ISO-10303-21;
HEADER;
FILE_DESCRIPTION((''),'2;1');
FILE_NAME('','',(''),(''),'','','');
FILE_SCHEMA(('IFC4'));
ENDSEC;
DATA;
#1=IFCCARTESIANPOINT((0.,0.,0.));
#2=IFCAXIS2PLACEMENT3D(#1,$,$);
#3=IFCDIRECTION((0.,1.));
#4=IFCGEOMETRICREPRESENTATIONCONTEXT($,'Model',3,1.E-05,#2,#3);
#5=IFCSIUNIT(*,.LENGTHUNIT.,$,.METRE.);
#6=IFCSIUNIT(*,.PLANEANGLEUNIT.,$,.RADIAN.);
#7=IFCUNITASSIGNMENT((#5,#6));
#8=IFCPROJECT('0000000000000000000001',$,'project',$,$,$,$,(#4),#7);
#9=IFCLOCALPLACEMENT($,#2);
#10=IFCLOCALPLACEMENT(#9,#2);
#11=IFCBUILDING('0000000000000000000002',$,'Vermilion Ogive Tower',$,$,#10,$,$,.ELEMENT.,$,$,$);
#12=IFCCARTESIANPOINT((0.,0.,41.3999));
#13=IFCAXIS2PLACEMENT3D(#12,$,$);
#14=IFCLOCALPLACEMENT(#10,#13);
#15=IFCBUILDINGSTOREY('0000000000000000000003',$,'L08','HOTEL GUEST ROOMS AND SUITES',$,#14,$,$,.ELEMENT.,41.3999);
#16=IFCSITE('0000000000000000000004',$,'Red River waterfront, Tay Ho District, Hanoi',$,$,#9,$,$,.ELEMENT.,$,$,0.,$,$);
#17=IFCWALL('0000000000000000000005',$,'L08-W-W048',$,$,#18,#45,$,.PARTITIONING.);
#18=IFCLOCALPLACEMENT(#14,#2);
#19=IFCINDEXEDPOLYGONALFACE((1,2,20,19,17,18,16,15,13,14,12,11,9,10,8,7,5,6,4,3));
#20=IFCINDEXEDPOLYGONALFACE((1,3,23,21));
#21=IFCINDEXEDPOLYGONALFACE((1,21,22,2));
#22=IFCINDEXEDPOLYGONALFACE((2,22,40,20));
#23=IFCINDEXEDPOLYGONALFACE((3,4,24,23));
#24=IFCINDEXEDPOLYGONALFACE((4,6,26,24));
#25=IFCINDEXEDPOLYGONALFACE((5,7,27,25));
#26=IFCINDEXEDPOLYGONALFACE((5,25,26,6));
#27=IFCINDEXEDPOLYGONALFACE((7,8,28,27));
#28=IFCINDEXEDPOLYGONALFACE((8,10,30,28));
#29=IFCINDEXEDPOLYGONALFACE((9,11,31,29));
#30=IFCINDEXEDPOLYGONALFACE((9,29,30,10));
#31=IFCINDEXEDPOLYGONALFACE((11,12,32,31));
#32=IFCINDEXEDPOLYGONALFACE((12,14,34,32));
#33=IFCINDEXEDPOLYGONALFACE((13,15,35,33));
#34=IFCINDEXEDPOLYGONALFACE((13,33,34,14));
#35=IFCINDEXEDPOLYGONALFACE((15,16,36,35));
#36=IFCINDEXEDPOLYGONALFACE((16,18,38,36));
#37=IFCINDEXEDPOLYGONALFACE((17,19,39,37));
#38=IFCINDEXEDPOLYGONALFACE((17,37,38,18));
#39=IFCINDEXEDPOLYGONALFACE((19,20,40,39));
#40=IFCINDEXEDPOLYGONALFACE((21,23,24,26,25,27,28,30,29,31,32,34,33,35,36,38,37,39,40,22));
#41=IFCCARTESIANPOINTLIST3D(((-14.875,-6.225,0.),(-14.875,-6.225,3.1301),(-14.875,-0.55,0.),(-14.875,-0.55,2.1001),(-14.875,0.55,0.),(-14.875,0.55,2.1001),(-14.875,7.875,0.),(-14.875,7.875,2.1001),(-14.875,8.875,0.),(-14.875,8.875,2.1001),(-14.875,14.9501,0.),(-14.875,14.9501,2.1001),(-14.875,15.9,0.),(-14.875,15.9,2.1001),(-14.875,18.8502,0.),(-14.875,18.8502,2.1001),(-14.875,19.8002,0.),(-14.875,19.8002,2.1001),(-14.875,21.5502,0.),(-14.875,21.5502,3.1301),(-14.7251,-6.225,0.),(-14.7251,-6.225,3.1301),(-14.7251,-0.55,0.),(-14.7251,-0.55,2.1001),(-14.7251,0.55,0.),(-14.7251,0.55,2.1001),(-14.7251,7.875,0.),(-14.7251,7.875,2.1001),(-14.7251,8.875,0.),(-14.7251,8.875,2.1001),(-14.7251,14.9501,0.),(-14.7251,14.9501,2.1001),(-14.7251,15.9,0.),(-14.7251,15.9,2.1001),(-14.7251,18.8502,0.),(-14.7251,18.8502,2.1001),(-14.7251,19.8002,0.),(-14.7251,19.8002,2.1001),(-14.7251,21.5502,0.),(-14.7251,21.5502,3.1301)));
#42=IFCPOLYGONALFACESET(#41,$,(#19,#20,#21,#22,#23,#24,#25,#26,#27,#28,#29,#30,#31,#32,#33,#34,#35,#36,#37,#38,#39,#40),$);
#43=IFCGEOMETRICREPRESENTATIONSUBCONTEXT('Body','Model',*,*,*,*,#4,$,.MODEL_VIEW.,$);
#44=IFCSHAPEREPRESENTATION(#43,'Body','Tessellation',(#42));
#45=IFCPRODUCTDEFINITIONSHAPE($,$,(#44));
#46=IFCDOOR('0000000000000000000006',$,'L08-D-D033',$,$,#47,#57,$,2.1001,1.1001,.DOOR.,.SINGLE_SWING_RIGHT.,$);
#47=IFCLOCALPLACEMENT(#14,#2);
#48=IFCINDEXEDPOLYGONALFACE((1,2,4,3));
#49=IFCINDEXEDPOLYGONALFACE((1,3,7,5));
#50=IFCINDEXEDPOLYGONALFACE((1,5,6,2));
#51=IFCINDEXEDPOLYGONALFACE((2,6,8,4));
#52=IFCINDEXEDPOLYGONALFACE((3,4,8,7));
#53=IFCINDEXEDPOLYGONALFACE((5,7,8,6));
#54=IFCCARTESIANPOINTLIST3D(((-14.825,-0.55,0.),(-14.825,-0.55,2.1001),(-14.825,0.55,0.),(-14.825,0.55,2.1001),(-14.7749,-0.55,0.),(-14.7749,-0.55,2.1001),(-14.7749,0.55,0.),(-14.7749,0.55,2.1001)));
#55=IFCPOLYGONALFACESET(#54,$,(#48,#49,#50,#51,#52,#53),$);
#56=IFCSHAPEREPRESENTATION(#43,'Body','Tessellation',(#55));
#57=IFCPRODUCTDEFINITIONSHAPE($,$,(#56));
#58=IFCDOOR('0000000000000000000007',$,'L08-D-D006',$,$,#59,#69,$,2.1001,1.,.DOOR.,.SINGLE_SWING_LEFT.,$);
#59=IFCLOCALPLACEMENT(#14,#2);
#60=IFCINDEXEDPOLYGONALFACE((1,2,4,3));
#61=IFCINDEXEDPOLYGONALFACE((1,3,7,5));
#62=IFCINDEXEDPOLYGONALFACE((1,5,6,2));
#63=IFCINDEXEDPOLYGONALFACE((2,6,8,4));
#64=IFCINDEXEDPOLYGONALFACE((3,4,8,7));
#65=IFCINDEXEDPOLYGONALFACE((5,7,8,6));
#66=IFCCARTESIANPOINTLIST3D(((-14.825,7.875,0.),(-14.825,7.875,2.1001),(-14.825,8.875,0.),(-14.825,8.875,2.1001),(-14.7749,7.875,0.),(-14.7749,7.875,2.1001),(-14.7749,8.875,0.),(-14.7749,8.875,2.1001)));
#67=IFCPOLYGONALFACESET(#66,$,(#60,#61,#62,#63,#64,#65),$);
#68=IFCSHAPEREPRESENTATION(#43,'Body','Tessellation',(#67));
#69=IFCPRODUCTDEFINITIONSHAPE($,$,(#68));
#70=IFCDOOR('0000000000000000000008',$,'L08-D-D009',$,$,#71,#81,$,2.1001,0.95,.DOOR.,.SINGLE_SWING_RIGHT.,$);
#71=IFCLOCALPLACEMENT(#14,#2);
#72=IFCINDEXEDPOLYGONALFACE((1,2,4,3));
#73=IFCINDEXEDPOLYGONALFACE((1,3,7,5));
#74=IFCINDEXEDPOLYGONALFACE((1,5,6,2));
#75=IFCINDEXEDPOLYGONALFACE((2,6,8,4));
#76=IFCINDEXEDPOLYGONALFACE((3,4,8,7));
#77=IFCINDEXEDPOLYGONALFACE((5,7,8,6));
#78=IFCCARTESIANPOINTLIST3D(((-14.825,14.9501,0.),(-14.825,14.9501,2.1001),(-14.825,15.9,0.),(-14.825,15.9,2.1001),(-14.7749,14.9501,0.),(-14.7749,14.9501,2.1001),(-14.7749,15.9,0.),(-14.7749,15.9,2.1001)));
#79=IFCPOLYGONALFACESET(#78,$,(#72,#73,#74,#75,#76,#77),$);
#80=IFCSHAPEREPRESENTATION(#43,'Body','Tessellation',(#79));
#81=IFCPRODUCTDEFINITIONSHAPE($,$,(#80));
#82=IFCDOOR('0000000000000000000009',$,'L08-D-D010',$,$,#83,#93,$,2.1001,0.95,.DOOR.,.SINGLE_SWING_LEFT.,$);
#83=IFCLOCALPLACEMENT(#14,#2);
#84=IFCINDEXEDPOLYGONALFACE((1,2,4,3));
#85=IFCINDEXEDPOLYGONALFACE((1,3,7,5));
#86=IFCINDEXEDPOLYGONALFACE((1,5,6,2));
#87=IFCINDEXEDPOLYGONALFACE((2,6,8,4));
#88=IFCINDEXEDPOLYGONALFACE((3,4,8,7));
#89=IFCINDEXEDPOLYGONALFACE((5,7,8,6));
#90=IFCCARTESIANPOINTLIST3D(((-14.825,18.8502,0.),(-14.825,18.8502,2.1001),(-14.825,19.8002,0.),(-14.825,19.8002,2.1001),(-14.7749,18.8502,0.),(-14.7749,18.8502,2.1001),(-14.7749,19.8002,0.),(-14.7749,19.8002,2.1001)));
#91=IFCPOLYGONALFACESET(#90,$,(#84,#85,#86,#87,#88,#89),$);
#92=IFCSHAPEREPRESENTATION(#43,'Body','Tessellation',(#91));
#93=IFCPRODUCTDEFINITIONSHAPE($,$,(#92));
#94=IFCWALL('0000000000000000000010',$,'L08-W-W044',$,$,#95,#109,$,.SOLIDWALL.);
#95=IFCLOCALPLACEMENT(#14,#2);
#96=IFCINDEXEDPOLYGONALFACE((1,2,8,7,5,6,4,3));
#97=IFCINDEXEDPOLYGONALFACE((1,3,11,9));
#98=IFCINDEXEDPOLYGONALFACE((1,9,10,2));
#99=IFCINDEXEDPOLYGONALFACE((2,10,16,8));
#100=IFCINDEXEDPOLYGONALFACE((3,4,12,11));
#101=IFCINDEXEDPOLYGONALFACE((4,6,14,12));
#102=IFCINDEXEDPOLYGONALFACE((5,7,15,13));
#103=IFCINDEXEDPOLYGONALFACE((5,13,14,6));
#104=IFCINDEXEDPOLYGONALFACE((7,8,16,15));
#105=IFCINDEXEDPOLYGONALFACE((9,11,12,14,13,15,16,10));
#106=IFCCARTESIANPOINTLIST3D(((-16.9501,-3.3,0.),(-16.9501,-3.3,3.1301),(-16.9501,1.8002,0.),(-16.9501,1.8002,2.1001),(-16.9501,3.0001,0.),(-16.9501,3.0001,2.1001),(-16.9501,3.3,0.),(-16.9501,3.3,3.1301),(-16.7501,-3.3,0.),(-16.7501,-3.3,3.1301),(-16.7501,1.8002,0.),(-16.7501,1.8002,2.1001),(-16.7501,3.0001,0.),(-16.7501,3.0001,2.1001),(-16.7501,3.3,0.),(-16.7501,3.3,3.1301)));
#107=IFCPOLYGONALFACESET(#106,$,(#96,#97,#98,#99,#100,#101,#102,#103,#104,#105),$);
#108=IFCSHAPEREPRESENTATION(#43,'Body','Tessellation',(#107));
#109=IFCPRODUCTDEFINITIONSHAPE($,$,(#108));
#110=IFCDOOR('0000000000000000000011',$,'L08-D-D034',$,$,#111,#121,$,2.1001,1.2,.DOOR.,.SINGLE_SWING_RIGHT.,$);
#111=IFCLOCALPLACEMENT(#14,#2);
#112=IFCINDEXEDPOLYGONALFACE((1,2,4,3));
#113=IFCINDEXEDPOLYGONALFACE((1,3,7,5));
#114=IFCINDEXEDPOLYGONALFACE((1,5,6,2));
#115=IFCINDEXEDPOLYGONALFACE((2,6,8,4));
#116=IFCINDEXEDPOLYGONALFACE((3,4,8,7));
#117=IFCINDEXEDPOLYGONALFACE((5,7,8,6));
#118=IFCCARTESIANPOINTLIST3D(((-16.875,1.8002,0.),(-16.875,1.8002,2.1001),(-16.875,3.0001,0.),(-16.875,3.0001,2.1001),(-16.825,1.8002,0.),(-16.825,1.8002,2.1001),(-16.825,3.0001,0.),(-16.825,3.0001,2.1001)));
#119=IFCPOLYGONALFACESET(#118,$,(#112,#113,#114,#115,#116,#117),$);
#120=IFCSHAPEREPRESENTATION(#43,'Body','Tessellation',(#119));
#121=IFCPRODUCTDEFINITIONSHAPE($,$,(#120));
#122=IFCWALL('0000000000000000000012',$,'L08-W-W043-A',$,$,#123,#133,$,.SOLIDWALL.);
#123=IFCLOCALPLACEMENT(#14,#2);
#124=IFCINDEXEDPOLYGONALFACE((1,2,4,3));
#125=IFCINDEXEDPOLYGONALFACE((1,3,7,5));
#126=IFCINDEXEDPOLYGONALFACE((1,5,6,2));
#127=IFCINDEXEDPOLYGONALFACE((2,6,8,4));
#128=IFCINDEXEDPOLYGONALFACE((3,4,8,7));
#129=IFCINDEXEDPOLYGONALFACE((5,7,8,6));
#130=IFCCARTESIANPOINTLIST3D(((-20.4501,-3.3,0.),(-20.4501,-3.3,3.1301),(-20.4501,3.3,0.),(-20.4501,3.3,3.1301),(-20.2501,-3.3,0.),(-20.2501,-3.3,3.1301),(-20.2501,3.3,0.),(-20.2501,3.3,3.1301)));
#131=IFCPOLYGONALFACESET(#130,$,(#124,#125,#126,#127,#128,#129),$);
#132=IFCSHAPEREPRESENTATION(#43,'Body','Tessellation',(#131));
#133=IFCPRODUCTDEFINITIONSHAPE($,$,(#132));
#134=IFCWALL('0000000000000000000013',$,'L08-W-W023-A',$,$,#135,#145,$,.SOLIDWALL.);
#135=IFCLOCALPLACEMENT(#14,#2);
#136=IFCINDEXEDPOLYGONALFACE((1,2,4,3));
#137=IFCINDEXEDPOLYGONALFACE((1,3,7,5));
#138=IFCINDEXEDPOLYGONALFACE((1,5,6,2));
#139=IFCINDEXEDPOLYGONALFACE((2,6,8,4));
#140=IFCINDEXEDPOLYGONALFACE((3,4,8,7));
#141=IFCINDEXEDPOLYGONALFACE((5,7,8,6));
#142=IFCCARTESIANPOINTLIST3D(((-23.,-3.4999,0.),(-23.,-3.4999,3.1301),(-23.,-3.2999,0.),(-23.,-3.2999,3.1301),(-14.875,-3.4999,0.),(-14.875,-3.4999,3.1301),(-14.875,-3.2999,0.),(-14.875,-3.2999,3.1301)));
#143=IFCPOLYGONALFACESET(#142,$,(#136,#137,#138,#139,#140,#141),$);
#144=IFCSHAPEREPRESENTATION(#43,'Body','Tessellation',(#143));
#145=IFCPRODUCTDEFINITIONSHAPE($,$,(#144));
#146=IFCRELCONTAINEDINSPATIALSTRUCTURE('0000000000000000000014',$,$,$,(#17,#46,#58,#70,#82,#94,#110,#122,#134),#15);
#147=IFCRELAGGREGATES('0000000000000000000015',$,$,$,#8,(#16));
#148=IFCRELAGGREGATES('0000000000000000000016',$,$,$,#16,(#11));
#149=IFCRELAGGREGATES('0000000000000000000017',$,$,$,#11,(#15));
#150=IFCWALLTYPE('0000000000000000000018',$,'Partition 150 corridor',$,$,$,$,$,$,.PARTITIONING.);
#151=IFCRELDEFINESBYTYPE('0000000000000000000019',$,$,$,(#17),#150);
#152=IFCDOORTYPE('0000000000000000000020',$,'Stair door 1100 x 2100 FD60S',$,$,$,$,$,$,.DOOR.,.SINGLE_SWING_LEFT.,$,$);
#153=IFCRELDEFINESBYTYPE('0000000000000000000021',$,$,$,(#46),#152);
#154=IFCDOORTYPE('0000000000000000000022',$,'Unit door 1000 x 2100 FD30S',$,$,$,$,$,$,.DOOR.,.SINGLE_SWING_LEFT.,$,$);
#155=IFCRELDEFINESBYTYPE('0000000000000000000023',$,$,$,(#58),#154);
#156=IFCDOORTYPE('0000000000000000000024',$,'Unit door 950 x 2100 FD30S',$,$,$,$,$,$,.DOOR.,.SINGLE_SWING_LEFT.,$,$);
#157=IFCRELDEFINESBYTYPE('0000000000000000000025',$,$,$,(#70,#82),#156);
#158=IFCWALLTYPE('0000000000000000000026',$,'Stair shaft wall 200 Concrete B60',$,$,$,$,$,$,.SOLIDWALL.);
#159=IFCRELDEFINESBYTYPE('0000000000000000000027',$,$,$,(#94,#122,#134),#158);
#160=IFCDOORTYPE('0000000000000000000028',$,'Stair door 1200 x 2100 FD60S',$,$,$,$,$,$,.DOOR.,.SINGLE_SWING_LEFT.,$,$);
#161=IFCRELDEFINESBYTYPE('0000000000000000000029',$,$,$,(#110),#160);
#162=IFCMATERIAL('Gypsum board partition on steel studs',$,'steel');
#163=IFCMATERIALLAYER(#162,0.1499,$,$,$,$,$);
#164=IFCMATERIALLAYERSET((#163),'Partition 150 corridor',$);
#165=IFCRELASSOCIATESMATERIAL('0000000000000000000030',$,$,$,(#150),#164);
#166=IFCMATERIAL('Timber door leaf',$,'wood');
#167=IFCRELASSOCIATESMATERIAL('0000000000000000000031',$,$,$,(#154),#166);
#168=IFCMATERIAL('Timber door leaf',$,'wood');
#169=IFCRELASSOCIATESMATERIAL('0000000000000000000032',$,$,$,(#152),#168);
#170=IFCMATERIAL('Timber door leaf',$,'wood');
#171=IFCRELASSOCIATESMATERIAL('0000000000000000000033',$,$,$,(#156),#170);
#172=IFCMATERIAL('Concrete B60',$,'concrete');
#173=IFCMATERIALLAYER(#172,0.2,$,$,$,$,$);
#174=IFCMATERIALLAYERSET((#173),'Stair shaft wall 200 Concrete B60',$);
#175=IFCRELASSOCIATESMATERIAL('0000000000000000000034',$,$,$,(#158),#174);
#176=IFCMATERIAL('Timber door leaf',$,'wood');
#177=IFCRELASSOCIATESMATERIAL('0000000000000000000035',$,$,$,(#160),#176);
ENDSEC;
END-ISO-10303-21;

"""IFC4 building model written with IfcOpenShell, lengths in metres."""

from ifc_helpers import new_model, si_unit, direction, frame, frame_2d, origin, place, context, subcontext, project, spatial, rectangle, extrude, material, layer, layer_set, type_object, element, fill, save


model = new_model("IFC4")

# Units and contexts
model_context = context("Model", 3, precision=1e-05, world=origin(), true_north=direction((0.0, 1.0)))
body_context = subcontext(model_context, "Body", "Model", "MODEL_VIEW")
ifc_project = project(units=[si_unit("LENGTHUNIT", "METRE"), si_unit("PLANEANGLEUNIT", "RADIAN")], contexts=[model_context])

# Site, building, storey
site_placement = place(None, origin())
site = spatial("IfcSite", under=ifc_project, at=site_placement, Name="Red River waterfront, Tay Ho District, Hanoi", CompositionType="ELEMENT", RefElevation=0.0)
building_placement = place(site_placement, origin())
building = spatial("IfcBuilding", under=site, at=building_placement, Name="Vermilion Ogive Tower", CompositionType="ELEMENT")
storey_placement = place(building_placement, frame((0.0, 0.0, 41.3999)))
storey = spatial("IfcBuildingStorey", under=building, at=storey_placement, Name="L08", Description="HOTEL GUEST ROOMS AND SUITES", CompositionType="ELEMENT", Elevation=41.3999)

# Shared definitions
ifc_material_1 = material(Name="Gypsum board partition on steel studs", Category="steel")
ifc_layer_1 = layer(ifc_material_1, 0.1499)
ifc_layer_set_1 = layer_set([ifc_layer_1], Name="Partition 150 corridor")
wall_type_1 = type_object("IfcWallType", Name="Partition 150 corridor", PredefinedType="PARTITIONING", material=ifc_layer_set_1)
ifc_material_2 = material(Name="Timber door leaf", Category="wood")
door_type_1 = type_object("IfcDoorType", Name="Unit door 1000 x 2100 FD30S", OperationType="SINGLE_SWING_LEFT", PredefinedType="DOOR", material=ifc_material_2)

# Wall, openings, doors
wall_1_placement = place(storey_placement, frame((-14.8, -6.2251, 0.0), z_axis=(0.0, 0.0, 1.0), x_axis=(0.0, 1.0, 0.0)))
wall_1 = element("IfcWall", 1, at=wall_1_placement, inside=storey, type_object=wall_type_1, Name="L08-W-W048", PredefinedType="PARTITIONING", context=body_context, shape_type="SweptSolid", body=[
    extrude(rectangle(XDim=27.7751, YDim=0.1499, at=frame_2d((13.8877, 0.0))), origin(), (0.0, 0.0, 1.0), 3.1301),
])
opening_1_placement = place(wall_1_placement, frame((14.1001, 0.0, 0.0)))
opening_1 = element("IfcOpeningElement", 2, at=opening_1_placement, cuts=wall_1, PredefinedType="OPENING", context=body_context, shape_type="SweptSolid", body=[
    extrude(rectangle(XDim=1.0, YDim=2.1001, at=frame_2d((0.5, 1.05))), frame((0.0, 0.085, 0.0), z_axis=(0.0, -1.0, 0.0), x_axis=(1.0, 0.0, 0.0)), (0.0, 0.0, 1.0), 0.1699),
])
opening_2_placement = place(wall_1_placement, frame((21.175, 0.0, 0.0)))
opening_2 = element("IfcOpeningElement", 3, at=opening_2_placement, cuts=wall_1, PredefinedType="OPENING", context=body_context, shape_type="SweptSolid", body=[
    extrude(rectangle(XDim=0.95, YDim=2.1001, at=frame_2d((0.4751, 1.05))), frame((0.0, 0.085, 0.0), z_axis=(0.0, -1.0, 0.0), x_axis=(1.0, 0.0, 0.0)), (0.0, 0.0, 1.0), 0.1699),
])
opening_3_placement = place(wall_1_placement, frame((25.0752, 0.0, 0.0)))
opening_3 = element("IfcOpeningElement", 4, at=opening_3_placement, cuts=wall_1, PredefinedType="OPENING", context=body_context, shape_type="SweptSolid", body=[
    extrude(rectangle(XDim=0.95, YDim=2.1001, at=frame_2d((0.4751, 1.05))), frame((0.0, 0.085, 0.0), z_axis=(0.0, -1.0, 0.0), x_axis=(1.0, 0.0, 0.0)), (0.0, 0.0, 1.0), 0.1699),
])
opening_4_placement = place(wall_1_placement, frame((5.675, 0.0, 0.0)))
opening_4 = element("IfcOpeningElement", 5, at=opening_4_placement, cuts=wall_1, PredefinedType="OPENING", context=body_context, shape_type="SweptSolid", body=[
    extrude(rectangle(XDim=1.1001, YDim=2.1001, at=frame_2d((0.55, 1.05))), frame((0.0, 0.085, 0.0), z_axis=(0.0, -1.0, 0.0), x_axis=(1.0, 0.0, 0.0)), (0.0, 0.0, 1.0), 0.1699),
])
ifc_material_3 = material(Name="Timber door leaf", Category="wood")
door_type_2 = type_object("IfcDoorType", Name="Stair door 1100 x 2100 FD60S", OperationType="SINGLE_SWING_LEFT", PredefinedType="DOOR", material=ifc_material_3)
door_1_placement = place(opening_4_placement, origin())
door_1 = element("IfcDoor", 6, at=door_1_placement, inside=storey, type_object=door_type_2, Name="L08-D-D033", OperationType="SINGLE_SWING_RIGHT", OverallHeight=2.1001, OverallWidth=1.1001, PredefinedType="DOOR", context=body_context, shape_type="SweptSolid", body=[
    extrude(rectangle(XDim=1.1001, YDim=2.1001, at=frame_2d((0.55, 1.05))), frame((0.0, 0.0249, 0.0), z_axis=(0.0, -1.0, 0.0), x_axis=(1.0, 0.0, 0.0)), (0.0, 0.0, 1.0), 0.05),
])
fill(opening_4, door_1)
door_2_placement = place(opening_1_placement, origin())
door_2 = element("IfcDoor", 7, at=door_2_placement, inside=storey, type_object=door_type_1, Name="L08-D-D006", OperationType="SINGLE_SWING_LEFT", OverallHeight=2.1001, OverallWidth=1.0, PredefinedType="DOOR", context=body_context, shape_type="SweptSolid", body=[
    extrude(rectangle(XDim=1.0, YDim=2.1001, at=frame_2d((0.5, 1.05))), frame((0.0, 0.0249, 0.0), z_axis=(0.0, -1.0, 0.0), x_axis=(1.0, 0.0, 0.0)), (0.0, 0.0, 1.0), 0.05),
])
fill(opening_1, door_2)
ifc_material_4 = material(Name="Timber door leaf", Category="wood")
door_type_3 = type_object("IfcDoorType", Name="Unit door 950 x 2100 FD30S", OperationType="SINGLE_SWING_LEFT", PredefinedType="DOOR", material=ifc_material_4)
door_3_placement = place(opening_2_placement, origin())
door_3 = element("IfcDoor", 8, at=door_3_placement, inside=storey, type_object=door_type_3, Name="L08-D-D009", OperationType="SINGLE_SWING_RIGHT", OverallHeight=2.1001, OverallWidth=0.95, PredefinedType="DOOR", context=body_context, shape_type="SweptSolid", body=[
    extrude(rectangle(XDim=0.95, YDim=2.1001, at=frame_2d((0.4751, 1.05))), frame((0.0, 0.0249, 0.0), z_axis=(0.0, -1.0, 0.0), x_axis=(1.0, 0.0, 0.0)), (0.0, 0.0, 1.0), 0.05),
])
fill(opening_2, door_3)
door_4_placement = place(opening_3_placement, origin())
door_4 = element("IfcDoor", 9, at=door_4_placement, inside=storey, type_object=door_type_3, Name="L08-D-D010", OperationType="SINGLE_SWING_LEFT", OverallHeight=2.1001, OverallWidth=0.95, PredefinedType="DOOR", context=body_context, shape_type="SweptSolid", body=[
    extrude(rectangle(XDim=0.95, YDim=2.1001, at=frame_2d((0.4751, 1.05))), frame((0.0, 0.0249, 0.0), z_axis=(0.0, -1.0, 0.0), x_axis=(1.0, 0.0, 0.0)), (0.0, 0.0, 1.0), 0.05),
])
fill(opening_3, door_4)

# Wall, opening, door
ifc_material_5 = material(Name="Concrete B60", Category="concrete")
ifc_layer_2 = layer(ifc_material_5, 0.2)
ifc_layer_set_2 = layer_set([ifc_layer_2], Name="Stair shaft wall 200 Concrete B60")
wall_type_2 = type_object("IfcWallType", Name="Stair shaft wall 200 Concrete B60", PredefinedType="SOLIDWALL", material=ifc_layer_set_2)
wall_2_placement = place(storey_placement, frame((-16.8501, -3.3, 0.0), z_axis=(0.0, 0.0, 1.0), x_axis=(0.0, 1.0, 0.0)))
wall_2 = element("IfcWall", 10, at=wall_2_placement, inside=storey, type_object=wall_type_2, Name="L08-W-W044", PredefinedType="SOLIDWALL", context=body_context, shape_type="SweptSolid", body=[
    extrude(rectangle(XDim=6.6001, YDim=0.2, at=frame_2d((3.3, 0.0))), origin(), (0.0, 0.0, 1.0), 3.1301),
])
opening_5_placement = place(wall_2_placement, frame((5.1001, 0.0, 0.0)))
opening_5 = element("IfcOpeningElement", 11, at=opening_5_placement, cuts=wall_2, PredefinedType="OPENING", context=body_context, shape_type="SweptSolid", body=[
    extrude(rectangle(XDim=1.2, YDim=2.1001, at=frame_2d((0.6001, 1.05))), frame((0.0, 0.1099, 0.0), z_axis=(0.0, -1.0, 0.0), x_axis=(1.0, 0.0, 0.0)), (0.0, 0.0, 1.0), 0.22),
])
ifc_material_6 = material(Name="Timber door leaf", Category="wood")
door_type_4 = type_object("IfcDoorType", Name="Stair door 1200 x 2100 FD60S", OperationType="SINGLE_SWING_LEFT", PredefinedType="DOOR", material=ifc_material_6)
door_5_placement = place(opening_5_placement, origin())
door_5 = element("IfcDoor", 12, at=door_5_placement, inside=storey, type_object=door_type_4, Name="L08-D-D034", OperationType="SINGLE_SWING_RIGHT", OverallHeight=2.1001, OverallWidth=1.2, PredefinedType="DOOR", context=body_context, shape_type="SweptSolid", body=[
    extrude(rectangle(XDim=1.2, YDim=2.1001, at=frame_2d((0.6001, 1.05))), frame((0.0, 0.0249, 0.0), z_axis=(0.0, -1.0, 0.0), x_axis=(1.0, 0.0, 0.0)), (0.0, 0.0, 1.0), 0.05),
])
fill(opening_5, door_5)

# Walls
wall_3_placement = place(storey_placement, frame((-20.3501, -3.3, 0.0), z_axis=(0.0, 0.0, 1.0), x_axis=(0.0, 1.0, 0.0)))
element("IfcWall", 13, at=wall_3_placement, inside=storey, type_object=wall_type_2, Name="L08-W-W043-A", PredefinedType="SOLIDWALL", context=body_context, shape_type="SweptSolid", body=[
    extrude(rectangle(XDim=6.6001, YDim=0.2, at=frame_2d((3.3, 0.0))), origin(), (0.0, 0.0, 1.0), 3.1301),
])
wall_4_placement = place(storey_placement, frame((-23.0, -3.3999, 0.0), z_axis=(0.0, 0.0, 1.0), x_axis=(1.0, 0.0, 0.0)))
element("IfcWall", 14, at=wall_4_placement, inside=storey, type_object=wall_type_2, Name="L08-W-W023-A", PredefinedType="SOLIDWALL", context=body_context, shape_type="SweptSolid", body=[
    extrude(rectangle(XDim=8.125, YDim=0.2, at=frame_2d((4.0625, 0.0))), origin(), (0.0, 0.0, 1.0), 3.1301),
])

save(model, "model.ifc")
